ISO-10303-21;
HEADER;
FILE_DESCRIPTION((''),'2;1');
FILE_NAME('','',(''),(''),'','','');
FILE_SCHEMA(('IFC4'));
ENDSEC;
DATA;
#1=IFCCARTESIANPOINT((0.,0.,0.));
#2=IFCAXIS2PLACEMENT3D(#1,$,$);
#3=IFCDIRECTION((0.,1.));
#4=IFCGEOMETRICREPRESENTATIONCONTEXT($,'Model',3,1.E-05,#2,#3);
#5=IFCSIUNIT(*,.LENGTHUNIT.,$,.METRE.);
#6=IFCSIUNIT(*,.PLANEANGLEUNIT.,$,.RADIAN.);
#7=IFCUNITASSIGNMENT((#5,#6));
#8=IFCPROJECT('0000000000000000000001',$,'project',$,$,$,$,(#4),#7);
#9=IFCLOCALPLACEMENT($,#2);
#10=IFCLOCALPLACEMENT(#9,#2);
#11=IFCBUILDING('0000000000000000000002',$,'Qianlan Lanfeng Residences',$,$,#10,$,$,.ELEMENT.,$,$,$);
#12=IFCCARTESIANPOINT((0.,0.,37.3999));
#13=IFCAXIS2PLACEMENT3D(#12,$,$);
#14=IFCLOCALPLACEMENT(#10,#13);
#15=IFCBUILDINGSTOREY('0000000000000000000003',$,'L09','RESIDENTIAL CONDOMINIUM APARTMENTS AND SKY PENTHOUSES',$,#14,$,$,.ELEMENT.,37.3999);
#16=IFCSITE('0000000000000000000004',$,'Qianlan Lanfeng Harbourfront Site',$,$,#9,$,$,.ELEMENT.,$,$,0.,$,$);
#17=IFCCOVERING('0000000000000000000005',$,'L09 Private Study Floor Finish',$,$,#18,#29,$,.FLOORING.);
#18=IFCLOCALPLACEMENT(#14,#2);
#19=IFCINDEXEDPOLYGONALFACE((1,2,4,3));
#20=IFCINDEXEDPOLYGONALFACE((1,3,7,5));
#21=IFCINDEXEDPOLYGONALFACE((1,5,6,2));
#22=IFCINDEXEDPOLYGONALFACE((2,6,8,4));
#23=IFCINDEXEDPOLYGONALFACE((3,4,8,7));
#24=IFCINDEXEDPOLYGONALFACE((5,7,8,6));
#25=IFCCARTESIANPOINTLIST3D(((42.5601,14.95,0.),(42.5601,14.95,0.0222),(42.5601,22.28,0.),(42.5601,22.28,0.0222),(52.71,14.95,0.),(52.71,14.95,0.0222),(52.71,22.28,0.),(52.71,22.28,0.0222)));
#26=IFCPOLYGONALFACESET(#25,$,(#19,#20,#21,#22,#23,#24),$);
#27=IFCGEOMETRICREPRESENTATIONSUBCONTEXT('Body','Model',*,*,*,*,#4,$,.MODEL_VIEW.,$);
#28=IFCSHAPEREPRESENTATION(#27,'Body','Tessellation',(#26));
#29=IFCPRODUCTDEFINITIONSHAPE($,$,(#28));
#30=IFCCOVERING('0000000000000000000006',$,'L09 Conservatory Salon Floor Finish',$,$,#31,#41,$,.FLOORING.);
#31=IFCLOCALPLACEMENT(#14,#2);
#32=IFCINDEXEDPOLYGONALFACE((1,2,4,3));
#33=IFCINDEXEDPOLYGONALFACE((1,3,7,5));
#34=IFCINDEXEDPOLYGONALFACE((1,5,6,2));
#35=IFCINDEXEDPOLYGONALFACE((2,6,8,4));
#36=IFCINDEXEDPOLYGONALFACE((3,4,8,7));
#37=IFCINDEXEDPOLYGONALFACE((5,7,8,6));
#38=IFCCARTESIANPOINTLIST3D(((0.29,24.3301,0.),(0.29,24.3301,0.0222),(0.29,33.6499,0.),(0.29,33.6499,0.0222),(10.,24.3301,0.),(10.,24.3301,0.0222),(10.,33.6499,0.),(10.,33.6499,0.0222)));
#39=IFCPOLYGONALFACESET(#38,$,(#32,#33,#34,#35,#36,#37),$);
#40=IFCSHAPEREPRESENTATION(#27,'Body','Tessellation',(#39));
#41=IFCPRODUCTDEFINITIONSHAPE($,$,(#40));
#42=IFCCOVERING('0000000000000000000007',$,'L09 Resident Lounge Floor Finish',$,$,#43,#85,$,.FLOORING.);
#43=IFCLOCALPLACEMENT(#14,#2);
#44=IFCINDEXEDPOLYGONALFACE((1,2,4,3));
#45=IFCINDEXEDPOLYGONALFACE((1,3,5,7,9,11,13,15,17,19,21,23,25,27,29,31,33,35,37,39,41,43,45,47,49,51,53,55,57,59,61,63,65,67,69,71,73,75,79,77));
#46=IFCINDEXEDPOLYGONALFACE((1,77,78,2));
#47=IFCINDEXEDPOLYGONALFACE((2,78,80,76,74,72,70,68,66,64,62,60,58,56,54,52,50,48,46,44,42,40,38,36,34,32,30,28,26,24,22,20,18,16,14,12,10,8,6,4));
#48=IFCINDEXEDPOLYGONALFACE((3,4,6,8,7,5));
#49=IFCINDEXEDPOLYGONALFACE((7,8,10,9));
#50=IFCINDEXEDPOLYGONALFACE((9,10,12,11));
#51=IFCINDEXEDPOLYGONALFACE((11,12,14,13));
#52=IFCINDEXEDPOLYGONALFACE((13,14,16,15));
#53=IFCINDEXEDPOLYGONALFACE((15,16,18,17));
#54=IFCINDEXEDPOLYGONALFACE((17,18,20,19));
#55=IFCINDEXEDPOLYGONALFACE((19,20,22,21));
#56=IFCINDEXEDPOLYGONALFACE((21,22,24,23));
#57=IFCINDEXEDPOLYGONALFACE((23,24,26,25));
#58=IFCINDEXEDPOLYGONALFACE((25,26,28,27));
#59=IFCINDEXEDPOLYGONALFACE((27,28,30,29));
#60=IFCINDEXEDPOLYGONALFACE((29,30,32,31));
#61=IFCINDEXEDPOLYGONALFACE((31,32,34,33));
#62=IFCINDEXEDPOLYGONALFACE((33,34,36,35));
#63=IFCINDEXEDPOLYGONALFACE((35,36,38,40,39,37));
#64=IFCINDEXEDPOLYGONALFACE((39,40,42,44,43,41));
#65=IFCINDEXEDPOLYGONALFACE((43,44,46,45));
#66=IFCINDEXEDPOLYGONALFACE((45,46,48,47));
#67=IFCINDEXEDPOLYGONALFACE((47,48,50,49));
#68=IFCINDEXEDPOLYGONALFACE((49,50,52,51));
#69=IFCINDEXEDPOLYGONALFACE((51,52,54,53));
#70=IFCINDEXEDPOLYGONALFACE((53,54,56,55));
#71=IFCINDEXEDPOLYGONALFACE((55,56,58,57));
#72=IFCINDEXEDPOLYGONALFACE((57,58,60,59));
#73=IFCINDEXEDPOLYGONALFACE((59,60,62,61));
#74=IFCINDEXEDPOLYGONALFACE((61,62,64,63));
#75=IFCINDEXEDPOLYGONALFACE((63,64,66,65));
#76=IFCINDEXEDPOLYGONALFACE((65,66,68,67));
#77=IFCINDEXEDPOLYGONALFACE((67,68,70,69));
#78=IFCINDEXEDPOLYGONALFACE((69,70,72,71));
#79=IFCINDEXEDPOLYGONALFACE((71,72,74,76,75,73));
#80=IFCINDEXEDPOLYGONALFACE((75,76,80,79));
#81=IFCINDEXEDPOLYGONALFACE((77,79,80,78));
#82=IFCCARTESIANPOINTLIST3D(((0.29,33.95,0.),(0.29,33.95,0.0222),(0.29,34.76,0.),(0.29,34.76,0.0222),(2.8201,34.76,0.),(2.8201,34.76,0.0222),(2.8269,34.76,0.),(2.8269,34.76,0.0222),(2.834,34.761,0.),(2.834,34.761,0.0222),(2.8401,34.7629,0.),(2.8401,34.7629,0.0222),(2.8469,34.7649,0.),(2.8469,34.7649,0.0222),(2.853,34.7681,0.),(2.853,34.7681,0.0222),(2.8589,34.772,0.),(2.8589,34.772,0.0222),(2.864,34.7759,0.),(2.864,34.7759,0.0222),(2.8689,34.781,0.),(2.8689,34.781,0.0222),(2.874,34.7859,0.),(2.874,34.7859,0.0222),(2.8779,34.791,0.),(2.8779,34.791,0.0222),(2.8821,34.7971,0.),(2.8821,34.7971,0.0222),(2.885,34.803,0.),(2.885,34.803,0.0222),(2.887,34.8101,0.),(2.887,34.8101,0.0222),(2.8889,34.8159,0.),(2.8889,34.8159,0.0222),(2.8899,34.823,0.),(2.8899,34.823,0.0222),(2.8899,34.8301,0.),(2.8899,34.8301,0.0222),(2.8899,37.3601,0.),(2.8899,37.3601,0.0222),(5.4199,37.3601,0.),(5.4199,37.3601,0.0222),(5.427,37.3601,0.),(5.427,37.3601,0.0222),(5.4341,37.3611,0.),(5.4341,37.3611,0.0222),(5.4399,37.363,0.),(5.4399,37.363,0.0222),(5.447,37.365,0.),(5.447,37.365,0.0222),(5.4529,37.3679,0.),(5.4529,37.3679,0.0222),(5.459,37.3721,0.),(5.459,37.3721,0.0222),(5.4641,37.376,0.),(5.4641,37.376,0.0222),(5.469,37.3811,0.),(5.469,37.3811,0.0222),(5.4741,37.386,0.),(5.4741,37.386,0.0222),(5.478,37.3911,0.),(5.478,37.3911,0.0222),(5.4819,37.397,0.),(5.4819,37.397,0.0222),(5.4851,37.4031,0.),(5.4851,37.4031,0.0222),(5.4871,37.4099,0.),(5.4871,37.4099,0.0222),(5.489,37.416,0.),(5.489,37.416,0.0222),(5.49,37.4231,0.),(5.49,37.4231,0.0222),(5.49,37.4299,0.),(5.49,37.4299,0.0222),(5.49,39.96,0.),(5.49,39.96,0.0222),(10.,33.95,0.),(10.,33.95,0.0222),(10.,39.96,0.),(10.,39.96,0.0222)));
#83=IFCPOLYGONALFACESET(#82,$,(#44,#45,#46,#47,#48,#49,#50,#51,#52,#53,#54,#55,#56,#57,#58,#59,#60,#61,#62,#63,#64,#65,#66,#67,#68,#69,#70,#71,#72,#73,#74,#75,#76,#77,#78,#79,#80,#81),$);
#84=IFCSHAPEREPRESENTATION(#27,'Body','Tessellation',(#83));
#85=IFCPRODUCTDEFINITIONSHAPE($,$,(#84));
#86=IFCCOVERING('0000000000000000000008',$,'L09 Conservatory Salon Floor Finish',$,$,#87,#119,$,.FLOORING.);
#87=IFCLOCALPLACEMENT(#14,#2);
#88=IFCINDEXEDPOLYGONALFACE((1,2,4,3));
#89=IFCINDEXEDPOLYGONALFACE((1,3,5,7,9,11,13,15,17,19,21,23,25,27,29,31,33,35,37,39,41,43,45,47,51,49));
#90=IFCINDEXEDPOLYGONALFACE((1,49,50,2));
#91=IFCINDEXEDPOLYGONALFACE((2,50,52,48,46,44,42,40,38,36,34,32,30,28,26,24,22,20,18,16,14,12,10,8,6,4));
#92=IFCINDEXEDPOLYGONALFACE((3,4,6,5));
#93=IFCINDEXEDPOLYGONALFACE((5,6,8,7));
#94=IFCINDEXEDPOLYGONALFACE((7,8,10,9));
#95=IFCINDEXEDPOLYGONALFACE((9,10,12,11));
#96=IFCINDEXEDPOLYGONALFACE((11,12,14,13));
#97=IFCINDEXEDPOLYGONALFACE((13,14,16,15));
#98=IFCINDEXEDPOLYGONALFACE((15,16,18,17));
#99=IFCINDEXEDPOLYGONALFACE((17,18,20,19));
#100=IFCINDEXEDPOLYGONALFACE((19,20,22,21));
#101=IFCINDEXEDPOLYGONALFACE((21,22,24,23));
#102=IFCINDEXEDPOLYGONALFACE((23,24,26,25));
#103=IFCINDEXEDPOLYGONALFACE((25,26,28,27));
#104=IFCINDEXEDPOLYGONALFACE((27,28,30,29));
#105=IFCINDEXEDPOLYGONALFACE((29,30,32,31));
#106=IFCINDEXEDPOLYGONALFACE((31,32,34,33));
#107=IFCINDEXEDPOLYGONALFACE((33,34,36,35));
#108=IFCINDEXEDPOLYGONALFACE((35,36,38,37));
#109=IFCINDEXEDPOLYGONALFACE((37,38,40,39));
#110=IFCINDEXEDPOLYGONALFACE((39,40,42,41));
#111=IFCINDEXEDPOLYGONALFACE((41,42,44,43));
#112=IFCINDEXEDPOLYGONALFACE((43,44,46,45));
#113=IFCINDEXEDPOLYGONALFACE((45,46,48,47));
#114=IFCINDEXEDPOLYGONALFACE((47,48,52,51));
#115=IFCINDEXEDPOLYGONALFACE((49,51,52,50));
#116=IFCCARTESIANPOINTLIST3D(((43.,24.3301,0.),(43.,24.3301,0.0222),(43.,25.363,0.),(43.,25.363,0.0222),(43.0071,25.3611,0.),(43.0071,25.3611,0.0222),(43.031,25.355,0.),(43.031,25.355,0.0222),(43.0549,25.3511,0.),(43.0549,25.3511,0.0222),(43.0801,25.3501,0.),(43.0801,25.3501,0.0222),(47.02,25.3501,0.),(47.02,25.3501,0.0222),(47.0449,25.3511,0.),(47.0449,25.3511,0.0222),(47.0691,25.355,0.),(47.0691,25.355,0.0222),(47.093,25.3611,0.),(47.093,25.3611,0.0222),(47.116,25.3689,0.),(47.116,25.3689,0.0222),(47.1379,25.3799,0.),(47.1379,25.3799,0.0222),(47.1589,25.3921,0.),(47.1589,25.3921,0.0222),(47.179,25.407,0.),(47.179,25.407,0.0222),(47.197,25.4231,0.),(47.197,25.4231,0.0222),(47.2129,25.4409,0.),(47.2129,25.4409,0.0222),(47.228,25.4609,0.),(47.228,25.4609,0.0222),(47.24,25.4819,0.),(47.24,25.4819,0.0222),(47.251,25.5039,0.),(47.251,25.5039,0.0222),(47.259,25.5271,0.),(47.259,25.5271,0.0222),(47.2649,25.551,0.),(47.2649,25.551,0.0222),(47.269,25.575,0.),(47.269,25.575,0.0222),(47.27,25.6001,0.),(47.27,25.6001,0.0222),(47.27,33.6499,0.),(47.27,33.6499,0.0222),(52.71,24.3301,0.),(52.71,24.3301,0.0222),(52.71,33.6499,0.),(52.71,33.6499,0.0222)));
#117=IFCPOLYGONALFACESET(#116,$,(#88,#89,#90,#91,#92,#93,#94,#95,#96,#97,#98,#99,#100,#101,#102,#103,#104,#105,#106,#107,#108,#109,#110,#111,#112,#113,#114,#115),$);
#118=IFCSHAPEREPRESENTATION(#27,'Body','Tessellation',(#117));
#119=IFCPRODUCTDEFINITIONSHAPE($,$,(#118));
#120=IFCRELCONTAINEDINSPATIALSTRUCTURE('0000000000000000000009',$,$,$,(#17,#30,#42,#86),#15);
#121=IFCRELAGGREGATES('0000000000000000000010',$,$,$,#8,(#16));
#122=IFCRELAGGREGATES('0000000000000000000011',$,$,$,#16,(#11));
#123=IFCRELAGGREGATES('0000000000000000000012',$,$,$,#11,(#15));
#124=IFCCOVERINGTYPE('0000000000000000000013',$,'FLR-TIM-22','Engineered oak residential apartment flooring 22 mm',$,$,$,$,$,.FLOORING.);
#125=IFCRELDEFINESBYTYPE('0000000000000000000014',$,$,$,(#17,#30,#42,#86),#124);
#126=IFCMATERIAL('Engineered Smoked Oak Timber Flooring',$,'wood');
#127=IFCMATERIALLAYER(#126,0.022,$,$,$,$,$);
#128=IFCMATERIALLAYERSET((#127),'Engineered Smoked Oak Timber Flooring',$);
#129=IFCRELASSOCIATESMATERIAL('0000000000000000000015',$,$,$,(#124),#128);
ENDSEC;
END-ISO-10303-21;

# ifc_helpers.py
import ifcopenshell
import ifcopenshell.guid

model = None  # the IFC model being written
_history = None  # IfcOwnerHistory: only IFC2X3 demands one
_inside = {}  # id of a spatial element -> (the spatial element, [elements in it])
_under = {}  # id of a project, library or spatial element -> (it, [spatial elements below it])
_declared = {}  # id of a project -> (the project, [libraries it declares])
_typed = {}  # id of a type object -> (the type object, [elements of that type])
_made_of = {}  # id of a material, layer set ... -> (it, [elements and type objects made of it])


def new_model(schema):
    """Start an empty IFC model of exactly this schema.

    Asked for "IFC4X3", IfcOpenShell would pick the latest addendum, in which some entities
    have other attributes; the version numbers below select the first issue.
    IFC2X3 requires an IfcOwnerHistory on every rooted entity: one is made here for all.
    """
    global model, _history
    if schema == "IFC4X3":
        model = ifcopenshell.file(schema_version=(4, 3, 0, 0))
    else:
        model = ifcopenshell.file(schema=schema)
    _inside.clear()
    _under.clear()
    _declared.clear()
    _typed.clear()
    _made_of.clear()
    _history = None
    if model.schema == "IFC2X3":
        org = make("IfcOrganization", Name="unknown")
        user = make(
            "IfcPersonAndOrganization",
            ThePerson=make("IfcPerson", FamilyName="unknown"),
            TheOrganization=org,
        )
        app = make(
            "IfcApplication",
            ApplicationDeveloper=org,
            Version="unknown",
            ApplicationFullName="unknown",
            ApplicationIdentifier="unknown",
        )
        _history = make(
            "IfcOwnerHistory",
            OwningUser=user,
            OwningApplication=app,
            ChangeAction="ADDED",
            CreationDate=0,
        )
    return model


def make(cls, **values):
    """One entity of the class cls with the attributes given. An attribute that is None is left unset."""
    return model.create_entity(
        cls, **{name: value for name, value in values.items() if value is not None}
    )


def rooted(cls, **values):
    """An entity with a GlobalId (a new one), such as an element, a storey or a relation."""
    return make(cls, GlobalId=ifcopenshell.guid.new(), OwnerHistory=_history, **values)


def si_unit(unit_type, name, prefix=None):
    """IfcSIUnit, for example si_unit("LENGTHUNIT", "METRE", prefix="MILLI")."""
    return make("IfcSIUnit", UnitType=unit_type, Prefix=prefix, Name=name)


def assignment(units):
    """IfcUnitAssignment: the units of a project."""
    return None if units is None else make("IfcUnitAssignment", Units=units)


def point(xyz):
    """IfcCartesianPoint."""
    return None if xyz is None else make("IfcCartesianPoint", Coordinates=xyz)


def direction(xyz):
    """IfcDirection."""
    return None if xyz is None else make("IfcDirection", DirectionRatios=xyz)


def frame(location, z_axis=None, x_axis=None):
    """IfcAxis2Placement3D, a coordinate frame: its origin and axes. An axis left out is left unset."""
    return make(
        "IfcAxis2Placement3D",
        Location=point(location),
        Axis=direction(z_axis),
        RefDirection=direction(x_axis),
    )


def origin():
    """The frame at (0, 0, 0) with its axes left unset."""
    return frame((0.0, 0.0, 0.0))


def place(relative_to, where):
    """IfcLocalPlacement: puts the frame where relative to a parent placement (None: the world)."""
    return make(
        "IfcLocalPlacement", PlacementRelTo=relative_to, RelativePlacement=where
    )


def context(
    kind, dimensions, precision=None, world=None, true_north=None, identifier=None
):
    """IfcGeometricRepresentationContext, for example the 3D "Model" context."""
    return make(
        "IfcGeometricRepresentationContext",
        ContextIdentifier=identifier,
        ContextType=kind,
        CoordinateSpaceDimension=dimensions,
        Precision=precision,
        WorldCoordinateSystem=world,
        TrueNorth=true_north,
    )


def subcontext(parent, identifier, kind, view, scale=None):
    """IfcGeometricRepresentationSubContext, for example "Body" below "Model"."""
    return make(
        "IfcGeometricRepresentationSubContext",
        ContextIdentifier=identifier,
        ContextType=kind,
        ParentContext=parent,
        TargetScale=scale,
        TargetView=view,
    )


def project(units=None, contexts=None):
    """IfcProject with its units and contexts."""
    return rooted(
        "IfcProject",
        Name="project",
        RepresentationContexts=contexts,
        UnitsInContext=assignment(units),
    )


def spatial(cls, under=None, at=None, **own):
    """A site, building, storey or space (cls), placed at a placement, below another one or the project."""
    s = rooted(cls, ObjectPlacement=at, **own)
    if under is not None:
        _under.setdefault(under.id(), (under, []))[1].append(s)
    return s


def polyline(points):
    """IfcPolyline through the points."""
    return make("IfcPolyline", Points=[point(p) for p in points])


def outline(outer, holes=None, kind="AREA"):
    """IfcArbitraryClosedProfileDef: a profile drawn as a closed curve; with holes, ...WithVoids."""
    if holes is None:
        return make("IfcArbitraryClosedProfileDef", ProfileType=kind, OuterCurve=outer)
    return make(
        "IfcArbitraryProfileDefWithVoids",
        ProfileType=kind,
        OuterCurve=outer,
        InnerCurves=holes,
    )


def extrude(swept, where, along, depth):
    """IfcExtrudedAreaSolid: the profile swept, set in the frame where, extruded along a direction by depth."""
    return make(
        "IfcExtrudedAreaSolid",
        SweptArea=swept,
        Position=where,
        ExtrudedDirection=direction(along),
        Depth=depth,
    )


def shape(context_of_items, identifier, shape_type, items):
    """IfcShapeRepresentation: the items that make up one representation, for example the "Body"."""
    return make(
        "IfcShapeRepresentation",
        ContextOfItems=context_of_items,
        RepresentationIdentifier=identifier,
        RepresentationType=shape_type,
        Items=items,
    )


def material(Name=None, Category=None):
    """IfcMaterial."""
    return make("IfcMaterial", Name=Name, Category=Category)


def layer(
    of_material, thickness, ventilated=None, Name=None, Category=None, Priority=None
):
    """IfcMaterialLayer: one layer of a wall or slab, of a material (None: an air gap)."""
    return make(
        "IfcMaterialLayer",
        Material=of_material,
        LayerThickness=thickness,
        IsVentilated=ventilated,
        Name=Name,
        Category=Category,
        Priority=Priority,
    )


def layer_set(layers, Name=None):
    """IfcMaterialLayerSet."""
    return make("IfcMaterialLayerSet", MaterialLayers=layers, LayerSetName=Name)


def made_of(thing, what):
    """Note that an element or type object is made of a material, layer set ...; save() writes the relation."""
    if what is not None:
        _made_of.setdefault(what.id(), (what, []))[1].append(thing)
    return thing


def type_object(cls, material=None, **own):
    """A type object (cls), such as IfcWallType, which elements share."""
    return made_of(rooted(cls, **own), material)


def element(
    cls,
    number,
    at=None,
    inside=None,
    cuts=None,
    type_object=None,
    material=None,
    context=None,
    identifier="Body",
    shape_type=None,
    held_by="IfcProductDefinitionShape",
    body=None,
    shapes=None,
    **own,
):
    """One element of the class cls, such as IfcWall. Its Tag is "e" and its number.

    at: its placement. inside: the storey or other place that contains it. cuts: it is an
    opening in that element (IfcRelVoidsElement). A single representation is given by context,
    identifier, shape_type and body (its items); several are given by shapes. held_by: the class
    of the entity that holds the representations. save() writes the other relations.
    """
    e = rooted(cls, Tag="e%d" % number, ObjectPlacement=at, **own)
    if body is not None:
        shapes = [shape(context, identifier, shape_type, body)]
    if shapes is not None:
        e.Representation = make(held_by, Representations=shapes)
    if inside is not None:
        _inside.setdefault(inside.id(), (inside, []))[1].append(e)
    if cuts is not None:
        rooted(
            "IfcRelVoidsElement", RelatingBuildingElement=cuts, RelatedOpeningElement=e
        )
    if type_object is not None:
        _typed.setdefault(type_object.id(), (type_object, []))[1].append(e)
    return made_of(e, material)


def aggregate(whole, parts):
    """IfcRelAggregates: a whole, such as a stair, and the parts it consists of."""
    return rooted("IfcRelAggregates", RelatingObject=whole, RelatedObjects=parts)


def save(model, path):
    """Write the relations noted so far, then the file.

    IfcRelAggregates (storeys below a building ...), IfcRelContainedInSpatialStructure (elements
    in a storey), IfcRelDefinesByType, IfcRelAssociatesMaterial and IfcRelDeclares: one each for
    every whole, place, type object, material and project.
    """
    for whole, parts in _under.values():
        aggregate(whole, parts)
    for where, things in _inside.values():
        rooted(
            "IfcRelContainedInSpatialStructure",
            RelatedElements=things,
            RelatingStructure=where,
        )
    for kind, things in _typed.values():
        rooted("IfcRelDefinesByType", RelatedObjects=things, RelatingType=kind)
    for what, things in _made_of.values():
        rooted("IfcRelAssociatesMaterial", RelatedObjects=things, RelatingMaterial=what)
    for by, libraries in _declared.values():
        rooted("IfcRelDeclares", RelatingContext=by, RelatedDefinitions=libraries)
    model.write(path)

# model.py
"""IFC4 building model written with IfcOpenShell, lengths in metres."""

from ifc_helpers import new_model, si_unit, direction, frame, origin, place, context, subcontext, project, spatial, polyline, outline, extrude, material, layer, layer_set, type_object, element, save


model = new_model("IFC4")

# Units and contexts
model_context = context("Model", 3, precision=1e-05, world=origin(), true_north=direction((0.0, 1.0)))
body_context = subcontext(model_context, "Body", "Model", "MODEL_VIEW")
ifc_project = project(units=[si_unit("LENGTHUNIT", "METRE"), si_unit("PLANEANGLEUNIT", "RADIAN")], contexts=[model_context])

# Site, building, storey
site_placement = place(None, origin())
site = spatial("IfcSite", under=ifc_project, at=site_placement, Name="Qianlan Lanfeng Harbourfront Site", CompositionType="ELEMENT", RefElevation=0.0)
building_placement = place(site_placement, origin())
building = spatial("IfcBuilding", under=site, at=building_placement, Name="Qianlan Lanfeng Residences", CompositionType="ELEMENT")
storey_placement = place(building_placement, frame((0.0, 0.0, 37.3999)))
storey = spatial("IfcBuildingStorey", under=building, at=storey_placement, Name="L09", Description="RESIDENTIAL CONDOMINIUM APARTMENTS AND SKY PENTHOUSES", CompositionType="ELEMENT", Elevation=37.3999)

# Coverings
ifc_material_1 = material(Name="Engineered Smoked Oak Timber Flooring", Category="wood")
ifc_layer_1 = layer(ifc_material_1, 0.022)
ifc_layer_set_1 = layer_set([ifc_layer_1], Name="Engineered Smoked Oak Timber Flooring")
covering_type_1 = type_object("IfcCoveringType", Name="FLR-TIM-22", Description="Engineered oak residential apartment flooring 22 mm", PredefinedType="FLOORING", material=ifc_layer_set_1)
covering_1_placement = place(storey_placement, origin())
element("IfcCovering", 1, at=covering_1_placement, inside=storey, type_object=covering_type_1, Name="L09 Private Study Floor Finish", PredefinedType="FLOORING", context=body_context, shape_type="SweptSolid", body=[
    extrude(outline(polyline([(52.71, 22.28), (42.5601, 22.28), (42.5601, 14.95), (52.71, 14.95), (52.71, 22.28)])), origin(), (0.0, 0.0, 1.0), 0.0222),
])
covering_2_placement = place(storey_placement, origin())
element("IfcCovering", 2, at=covering_2_placement, inside=storey, type_object=covering_type_1, Name="L09 Conservatory Salon Floor Finish", PredefinedType="FLOORING", context=body_context, shape_type="SweptSolid", body=[
    extrude(outline(polyline([(10.0, 33.6499), (0.29, 33.6499), (0.29, 24.3301), (10.0, 24.3301), (10.0, 33.6499)])), origin(), (0.0, 0.0, 1.0), 0.0222),
])
covering_3_placement = place(storey_placement, origin())
element("IfcCovering", 3, at=covering_3_placement, inside=storey, type_object=covering_type_1, Name="L09 Resident Lounge Floor Finish", PredefinedType="FLOORING", context=body_context, shape_type="SweptSolid", body=[
    extrude(outline(polyline([(0.29, 33.95), (10.0, 33.95), (10.0, 39.96), (5.49, 39.96), (5.49, 37.4299), (5.49, 37.4231), (5.489, 37.416), (5.4871, 37.4099), (5.4851, 37.4031), (5.4819, 37.397), (5.478, 37.3911), (5.4741, 37.386), (5.469, 37.3811), (5.4641, 37.376), (5.459, 37.3721), (5.4529, 37.3679), (5.447, 37.365), (5.4399, 37.363), (5.4341, 37.3611), (5.427, 37.3601), (5.4199, 37.3601), (2.8899, 37.3601), (2.8899, 34.8301), (2.8899, 34.823), (2.8889, 34.8159), (2.887, 34.8101), (2.885, 34.803), (2.8821, 34.7971), (2.8779, 34.791), (2.874, 34.7859), (2.8689, 34.781), (2.864, 34.7759), (2.8589, 34.772), (2.853, 34.7681), (2.8469, 34.7649), (2.8401, 34.7629), (2.834, 34.761), (2.8269, 34.76), (2.8201, 34.76), (0.29, 34.76), (0.29, 33.95)])), origin(), (0.0, 0.0, 1.0), 0.0222),
])
covering_4_placement = place(storey_placement, origin())
element("IfcCovering", 4, at=covering_4_placement, inside=storey, type_object=covering_type_1, Name="L09 Conservatory Salon Floor Finish", PredefinedType="FLOORING", context=body_context, shape_type="SweptSolid", body=[
    extrude(outline(polyline([(52.71, 33.6499), (47.27, 33.6499), (47.27, 25.6001), (47.269, 25.575), (47.2649, 25.551), (47.259, 25.5271), (47.251, 25.5039), (47.24, 25.4819), (47.228, 25.4609), (47.2129, 25.4409), (47.197, 25.4231), (47.179, 25.407), (47.1589, 25.3921), (47.1379, 25.3799), (47.116, 25.3689), (47.093, 25.3611), (47.0691, 25.355), (47.0449, 25.3511), (47.02, 25.3501), (43.0801, 25.3501), (43.0549, 25.3511), (43.031, 25.355), (43.0071, 25.3611), (43.0, 25.363), (43.0, 24.3301), (52.71, 24.3301), (52.71, 33.6499)])), origin(), (0.0, 0.0, 1.0), 0.0222),
])

save(model, "model.ifc")
